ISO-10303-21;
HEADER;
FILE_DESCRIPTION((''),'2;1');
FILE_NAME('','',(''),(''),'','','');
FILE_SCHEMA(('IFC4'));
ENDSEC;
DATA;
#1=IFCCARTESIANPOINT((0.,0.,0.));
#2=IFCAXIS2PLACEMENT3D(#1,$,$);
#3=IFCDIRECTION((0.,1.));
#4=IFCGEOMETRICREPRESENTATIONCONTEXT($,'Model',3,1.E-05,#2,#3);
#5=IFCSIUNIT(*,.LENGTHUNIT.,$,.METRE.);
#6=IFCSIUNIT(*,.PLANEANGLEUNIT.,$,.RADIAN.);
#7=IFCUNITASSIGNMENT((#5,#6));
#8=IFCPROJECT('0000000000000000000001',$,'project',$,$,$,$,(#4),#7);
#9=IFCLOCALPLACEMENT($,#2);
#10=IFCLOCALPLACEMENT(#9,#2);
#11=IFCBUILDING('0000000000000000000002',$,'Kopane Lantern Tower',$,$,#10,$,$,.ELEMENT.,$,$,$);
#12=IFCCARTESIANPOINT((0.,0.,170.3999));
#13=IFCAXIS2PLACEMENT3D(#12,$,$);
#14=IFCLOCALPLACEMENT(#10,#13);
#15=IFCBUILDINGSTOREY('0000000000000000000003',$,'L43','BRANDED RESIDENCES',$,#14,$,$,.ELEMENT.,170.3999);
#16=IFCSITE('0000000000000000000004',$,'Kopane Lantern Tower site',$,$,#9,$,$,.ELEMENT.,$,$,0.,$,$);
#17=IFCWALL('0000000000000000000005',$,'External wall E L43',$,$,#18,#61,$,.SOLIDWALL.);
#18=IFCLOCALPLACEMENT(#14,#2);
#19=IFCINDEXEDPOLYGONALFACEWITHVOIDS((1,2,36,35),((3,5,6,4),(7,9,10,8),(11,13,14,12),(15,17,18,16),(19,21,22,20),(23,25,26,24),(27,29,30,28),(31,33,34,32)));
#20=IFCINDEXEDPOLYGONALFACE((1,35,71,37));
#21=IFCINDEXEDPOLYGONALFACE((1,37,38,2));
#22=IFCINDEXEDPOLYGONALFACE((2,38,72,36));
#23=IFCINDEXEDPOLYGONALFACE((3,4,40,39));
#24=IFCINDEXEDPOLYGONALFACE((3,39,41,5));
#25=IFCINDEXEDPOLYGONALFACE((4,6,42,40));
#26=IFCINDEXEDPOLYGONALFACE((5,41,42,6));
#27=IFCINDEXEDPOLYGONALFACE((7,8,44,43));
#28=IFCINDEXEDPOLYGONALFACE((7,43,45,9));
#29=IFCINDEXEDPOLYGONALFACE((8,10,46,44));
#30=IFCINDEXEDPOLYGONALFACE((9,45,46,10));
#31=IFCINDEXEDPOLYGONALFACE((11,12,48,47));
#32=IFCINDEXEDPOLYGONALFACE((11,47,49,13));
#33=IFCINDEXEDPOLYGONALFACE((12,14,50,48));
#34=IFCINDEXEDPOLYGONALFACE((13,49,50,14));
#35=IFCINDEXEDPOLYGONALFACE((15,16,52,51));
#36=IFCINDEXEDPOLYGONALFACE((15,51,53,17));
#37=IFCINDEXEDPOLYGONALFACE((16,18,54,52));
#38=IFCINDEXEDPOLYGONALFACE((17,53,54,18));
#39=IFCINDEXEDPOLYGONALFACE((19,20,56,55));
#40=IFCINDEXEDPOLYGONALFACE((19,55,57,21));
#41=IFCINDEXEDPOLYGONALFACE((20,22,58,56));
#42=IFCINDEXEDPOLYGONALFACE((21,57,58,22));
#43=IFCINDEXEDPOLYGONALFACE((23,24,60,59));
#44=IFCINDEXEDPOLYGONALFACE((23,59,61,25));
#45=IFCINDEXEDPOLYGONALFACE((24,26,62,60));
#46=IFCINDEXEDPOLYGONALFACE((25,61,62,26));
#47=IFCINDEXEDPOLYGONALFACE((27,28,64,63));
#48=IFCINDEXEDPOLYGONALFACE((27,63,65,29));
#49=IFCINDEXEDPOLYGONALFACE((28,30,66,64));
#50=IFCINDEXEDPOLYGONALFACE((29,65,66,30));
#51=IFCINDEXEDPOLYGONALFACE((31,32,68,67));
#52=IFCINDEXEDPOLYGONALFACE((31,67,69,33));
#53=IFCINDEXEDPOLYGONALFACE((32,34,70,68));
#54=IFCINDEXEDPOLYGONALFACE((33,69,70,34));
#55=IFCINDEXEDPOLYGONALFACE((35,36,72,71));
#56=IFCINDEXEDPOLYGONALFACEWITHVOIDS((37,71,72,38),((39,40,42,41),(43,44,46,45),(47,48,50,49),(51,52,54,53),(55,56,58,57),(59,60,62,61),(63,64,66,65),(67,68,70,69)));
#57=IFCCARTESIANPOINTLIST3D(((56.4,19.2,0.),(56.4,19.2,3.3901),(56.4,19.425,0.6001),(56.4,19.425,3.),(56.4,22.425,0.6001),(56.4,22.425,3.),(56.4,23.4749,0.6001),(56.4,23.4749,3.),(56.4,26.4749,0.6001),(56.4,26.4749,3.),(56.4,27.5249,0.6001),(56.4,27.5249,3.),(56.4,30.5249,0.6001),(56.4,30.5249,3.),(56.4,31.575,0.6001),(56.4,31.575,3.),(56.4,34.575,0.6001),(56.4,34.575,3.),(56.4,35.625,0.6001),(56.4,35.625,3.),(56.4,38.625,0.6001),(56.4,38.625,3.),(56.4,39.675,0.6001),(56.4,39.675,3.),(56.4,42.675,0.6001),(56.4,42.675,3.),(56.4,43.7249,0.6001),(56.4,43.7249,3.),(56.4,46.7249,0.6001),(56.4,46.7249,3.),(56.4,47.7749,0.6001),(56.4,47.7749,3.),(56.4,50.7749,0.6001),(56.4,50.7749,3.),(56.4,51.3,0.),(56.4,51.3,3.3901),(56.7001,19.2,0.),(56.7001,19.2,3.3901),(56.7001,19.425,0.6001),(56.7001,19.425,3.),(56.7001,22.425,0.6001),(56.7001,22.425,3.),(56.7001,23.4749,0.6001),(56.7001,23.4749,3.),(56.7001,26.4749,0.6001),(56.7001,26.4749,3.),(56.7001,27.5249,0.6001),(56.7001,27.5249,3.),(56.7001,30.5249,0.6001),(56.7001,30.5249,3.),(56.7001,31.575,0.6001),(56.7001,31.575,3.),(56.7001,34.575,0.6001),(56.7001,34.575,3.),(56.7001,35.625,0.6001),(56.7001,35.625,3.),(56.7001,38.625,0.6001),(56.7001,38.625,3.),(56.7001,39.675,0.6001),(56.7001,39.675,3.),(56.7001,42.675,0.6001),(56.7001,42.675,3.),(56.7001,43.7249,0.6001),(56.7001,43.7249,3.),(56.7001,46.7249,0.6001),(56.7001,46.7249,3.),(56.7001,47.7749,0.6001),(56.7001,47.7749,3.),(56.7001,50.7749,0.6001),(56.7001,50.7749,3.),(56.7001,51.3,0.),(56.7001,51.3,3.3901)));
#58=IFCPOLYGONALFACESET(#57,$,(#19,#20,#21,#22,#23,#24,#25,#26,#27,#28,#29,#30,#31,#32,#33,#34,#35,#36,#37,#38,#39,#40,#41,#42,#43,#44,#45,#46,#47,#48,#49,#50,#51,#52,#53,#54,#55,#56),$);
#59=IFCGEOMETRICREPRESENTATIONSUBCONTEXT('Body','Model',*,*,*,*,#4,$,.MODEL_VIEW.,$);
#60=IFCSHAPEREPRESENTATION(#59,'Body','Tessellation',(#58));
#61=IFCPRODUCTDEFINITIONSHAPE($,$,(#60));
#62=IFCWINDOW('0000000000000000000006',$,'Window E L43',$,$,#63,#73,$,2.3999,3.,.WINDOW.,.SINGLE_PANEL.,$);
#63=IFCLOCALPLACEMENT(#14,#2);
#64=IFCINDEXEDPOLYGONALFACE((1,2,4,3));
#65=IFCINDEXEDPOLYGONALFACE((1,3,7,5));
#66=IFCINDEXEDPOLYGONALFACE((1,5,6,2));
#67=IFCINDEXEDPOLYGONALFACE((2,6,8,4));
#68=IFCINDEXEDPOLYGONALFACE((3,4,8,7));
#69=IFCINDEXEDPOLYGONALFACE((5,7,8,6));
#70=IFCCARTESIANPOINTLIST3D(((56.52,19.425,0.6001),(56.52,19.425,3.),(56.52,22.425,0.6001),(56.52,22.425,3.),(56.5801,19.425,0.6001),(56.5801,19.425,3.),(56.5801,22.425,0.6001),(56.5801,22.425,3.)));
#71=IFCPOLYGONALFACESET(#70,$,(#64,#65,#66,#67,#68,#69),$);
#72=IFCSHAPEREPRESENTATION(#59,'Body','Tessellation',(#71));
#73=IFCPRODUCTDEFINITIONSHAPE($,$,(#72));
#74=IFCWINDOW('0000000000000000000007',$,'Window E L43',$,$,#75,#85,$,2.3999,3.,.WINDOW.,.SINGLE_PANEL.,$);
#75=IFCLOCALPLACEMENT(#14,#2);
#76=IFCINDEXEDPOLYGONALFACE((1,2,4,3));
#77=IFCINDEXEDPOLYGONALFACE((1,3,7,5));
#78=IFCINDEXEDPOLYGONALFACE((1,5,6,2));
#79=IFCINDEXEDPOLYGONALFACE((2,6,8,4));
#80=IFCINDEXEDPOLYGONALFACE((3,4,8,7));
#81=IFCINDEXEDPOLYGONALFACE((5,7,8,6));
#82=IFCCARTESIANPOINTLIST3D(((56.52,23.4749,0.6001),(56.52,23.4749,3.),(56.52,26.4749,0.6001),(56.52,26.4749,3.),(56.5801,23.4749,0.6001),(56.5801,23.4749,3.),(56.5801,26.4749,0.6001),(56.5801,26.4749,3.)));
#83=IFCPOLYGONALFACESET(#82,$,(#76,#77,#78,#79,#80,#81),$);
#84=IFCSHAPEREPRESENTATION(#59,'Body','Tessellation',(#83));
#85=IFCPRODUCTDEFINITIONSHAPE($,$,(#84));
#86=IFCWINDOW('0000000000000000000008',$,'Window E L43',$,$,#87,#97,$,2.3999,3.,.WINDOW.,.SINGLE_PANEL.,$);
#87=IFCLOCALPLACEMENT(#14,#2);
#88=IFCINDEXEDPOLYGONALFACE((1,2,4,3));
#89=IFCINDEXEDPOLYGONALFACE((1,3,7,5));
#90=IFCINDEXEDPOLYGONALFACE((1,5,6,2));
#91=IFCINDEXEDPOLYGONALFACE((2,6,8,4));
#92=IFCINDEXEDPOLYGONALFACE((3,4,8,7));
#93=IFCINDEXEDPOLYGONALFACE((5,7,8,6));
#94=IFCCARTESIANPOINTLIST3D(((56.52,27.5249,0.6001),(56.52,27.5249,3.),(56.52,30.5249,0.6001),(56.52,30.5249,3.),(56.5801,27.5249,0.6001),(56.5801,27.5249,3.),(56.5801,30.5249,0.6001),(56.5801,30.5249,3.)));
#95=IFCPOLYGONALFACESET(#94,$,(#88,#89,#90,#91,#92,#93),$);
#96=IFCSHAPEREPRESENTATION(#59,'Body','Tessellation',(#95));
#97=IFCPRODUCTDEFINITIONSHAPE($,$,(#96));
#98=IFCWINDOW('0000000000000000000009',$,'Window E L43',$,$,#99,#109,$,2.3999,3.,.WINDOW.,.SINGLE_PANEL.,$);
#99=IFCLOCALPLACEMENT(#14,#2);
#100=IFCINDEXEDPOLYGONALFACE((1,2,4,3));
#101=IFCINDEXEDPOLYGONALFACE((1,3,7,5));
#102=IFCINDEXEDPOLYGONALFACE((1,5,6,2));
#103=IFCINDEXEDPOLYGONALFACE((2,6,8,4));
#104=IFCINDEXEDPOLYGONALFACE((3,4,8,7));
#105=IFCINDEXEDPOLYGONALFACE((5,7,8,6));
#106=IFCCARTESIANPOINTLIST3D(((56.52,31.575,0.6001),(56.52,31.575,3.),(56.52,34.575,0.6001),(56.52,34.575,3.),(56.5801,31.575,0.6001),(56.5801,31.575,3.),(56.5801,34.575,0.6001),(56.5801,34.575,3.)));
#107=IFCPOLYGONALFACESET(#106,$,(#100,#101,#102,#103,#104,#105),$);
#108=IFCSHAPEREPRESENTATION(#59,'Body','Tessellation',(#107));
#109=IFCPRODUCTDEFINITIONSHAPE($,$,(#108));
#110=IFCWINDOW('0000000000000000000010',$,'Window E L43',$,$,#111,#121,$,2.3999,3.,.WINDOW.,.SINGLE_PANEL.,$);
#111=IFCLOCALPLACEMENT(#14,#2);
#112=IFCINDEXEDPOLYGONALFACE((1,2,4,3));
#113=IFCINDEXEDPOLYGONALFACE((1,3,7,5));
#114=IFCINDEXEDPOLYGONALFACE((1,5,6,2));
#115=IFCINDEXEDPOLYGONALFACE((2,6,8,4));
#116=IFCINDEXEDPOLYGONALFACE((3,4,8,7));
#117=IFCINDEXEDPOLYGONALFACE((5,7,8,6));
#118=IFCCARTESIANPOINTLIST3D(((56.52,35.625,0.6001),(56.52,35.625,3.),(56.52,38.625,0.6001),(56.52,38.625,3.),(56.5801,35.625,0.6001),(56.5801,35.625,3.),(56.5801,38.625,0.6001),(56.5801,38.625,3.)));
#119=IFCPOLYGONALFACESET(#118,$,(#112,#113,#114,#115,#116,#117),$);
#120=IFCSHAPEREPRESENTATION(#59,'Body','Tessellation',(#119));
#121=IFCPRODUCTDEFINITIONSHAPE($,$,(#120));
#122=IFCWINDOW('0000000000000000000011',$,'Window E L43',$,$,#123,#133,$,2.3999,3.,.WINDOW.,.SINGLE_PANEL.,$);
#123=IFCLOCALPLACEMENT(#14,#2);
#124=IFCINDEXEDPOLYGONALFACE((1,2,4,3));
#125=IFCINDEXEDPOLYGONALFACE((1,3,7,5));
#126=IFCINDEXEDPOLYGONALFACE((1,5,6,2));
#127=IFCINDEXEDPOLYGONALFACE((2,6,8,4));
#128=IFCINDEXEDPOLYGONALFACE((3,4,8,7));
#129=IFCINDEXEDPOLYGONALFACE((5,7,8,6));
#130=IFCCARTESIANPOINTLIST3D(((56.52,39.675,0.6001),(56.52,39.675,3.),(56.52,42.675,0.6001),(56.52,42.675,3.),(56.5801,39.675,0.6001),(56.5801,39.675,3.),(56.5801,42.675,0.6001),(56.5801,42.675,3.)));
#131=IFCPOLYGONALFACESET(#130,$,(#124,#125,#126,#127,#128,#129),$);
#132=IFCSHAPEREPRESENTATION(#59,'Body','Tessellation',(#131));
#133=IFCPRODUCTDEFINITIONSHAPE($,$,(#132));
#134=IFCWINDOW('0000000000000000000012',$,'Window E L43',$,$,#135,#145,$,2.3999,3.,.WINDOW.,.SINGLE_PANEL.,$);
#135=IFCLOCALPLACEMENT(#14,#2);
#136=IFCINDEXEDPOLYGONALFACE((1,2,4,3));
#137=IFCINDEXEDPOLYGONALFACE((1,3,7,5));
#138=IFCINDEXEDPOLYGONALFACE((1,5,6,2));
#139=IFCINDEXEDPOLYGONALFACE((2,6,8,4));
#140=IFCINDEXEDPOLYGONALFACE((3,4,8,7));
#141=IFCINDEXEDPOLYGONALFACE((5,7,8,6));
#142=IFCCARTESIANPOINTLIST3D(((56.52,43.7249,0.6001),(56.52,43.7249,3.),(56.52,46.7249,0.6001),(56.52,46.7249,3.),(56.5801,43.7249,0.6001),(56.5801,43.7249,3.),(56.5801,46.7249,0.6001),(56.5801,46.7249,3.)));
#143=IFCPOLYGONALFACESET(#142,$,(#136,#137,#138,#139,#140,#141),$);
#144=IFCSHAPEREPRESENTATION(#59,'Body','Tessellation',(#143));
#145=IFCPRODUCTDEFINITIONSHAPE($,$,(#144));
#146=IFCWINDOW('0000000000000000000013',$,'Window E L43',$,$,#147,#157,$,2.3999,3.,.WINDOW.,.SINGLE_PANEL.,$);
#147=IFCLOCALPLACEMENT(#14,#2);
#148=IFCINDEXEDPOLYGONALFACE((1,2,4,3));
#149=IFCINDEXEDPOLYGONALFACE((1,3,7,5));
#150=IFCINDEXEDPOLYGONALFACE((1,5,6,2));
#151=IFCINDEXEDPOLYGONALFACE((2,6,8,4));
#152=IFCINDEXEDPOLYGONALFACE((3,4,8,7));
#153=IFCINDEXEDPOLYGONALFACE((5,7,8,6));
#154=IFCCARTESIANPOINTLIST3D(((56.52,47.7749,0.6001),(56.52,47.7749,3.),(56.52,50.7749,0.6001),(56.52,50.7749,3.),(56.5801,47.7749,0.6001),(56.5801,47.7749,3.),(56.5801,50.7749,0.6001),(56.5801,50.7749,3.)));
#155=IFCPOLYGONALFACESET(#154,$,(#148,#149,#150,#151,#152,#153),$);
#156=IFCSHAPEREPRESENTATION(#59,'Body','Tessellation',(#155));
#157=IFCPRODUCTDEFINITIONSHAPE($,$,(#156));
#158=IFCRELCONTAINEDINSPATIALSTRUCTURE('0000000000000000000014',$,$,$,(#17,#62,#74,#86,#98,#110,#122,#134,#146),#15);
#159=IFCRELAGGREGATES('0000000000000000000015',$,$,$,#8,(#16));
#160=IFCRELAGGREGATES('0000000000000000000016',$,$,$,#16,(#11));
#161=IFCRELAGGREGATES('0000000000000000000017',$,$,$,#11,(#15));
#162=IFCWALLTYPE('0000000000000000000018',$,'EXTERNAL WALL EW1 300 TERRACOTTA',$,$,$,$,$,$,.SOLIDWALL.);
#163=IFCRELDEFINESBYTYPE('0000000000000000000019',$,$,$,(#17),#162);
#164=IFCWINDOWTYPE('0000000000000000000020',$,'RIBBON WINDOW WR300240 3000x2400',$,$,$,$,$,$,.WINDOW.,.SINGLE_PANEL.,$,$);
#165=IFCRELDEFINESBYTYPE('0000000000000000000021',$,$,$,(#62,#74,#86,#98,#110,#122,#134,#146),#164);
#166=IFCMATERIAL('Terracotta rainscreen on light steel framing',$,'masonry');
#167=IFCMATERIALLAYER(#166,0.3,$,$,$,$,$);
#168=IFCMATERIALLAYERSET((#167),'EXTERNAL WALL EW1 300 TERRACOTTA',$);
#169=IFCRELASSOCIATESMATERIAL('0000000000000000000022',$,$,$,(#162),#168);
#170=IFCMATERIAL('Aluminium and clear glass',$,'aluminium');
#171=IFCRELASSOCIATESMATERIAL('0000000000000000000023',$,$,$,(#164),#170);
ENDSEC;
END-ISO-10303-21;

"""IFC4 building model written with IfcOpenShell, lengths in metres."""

from ifc_helpers import new_model, si_unit, direction, frame, frame_2d, origin, place, context, subcontext, project, spatial, rectangle, extrude, material, layer, layer_set, type_object, element, fill, save


model = new_model("IFC4")

# Units and contexts
model_context = context("Model", 3, precision=1e-05, world=origin(), true_north=direction((0.0, 1.0)))
body_context = subcontext(model_context, "Body", "Model", "MODEL_VIEW")
ifc_project = project(units=[si_unit("LENGTHUNIT", "METRE"), si_unit("PLANEANGLEUNIT", "RADIAN")], contexts=[model_context])

# Site, building, storey
site_placement = place(None, origin())
site = spatial("IfcSite", under=ifc_project, at=site_placement, Name="Kopane Lantern Tower site", CompositionType="ELEMENT", RefElevation=0.0)
building_placement = place(site_placement, origin())
building = spatial("IfcBuilding", under=site, at=building_placement, Name="Kopane Lantern Tower", CompositionType="ELEMENT")
storey_placement = place(building_placement, frame((0.0, 0.0, 170.3999)))
storey = spatial("IfcBuildingStorey", under=building, at=storey_placement, Name="L43", Description="BRANDED RESIDENCES", CompositionType="ELEMENT", Elevation=170.3999)

# Shared definitions
ifc_material_1 = material(Name="Terracotta rainscreen on light steel framing", Category="masonry")
ifc_layer_1 = layer(ifc_material_1, 0.3)
ifc_layer_set_1 = layer_set([ifc_layer_1], Name="EXTERNAL WALL EW1 300 TERRACOTTA")
wall_type_1 = type_object("IfcWallType", Name="EXTERNAL WALL EW1 300 TERRACOTTA", PredefinedType="SOLIDWALL", material=ifc_layer_set_1)

# Wall, openings, windows
wall_1_placement = place(storey_placement, frame((56.55, 19.2, 0.0), z_axis=(0.0, 0.0, 1.0), x_axis=(0.0, 1.0, 0.0)))
wall_1 = element("IfcWall", 1, at=wall_1_placement, inside=storey, type_object=wall_type_1, Name="External wall E L43", PredefinedType="SOLIDWALL", context=body_context, shape_type="SweptSolid", body=[
    extrude(rectangle(XDim=32.1001, YDim=0.3, at=frame_2d((16.05, 0.0))), origin(), (0.0, 0.0, 1.0), 3.3901),
])
opening_1_placement = place(wall_1_placement, frame((0.2251, 0.0, 0.6001)))
opening_1 = element("IfcOpeningElement", 2, at=opening_1_placement, cuts=wall_1, PredefinedType="OPENING", context=body_context, shape_type="SweptSolid", body=[
    extrude(rectangle(XDim=3.0, YDim=2.3999, at=frame_2d((1.5, 1.2))), frame((0.0, 0.1599, 0.0), z_axis=(0.0, -1.0, 0.0), x_axis=(1.0, 0.0, 0.0)), (0.0, 0.0, 1.0), 0.3201),
])
opening_2_placement = place(wall_1_placement, frame((4.2749, 0.0, 0.6001)))
opening_2 = element("IfcOpeningElement", 3, at=opening_2_placement, cuts=wall_1, PredefinedType="OPENING", context=body_context, shape_type="SweptSolid", body=[
    extrude(rectangle(XDim=3.0, YDim=2.3999, at=frame_2d((1.5, 1.2))), frame((0.0, 0.1599, 0.0), z_axis=(0.0, -1.0, 0.0), x_axis=(1.0, 0.0, 0.0)), (0.0, 0.0, 1.0), 0.3201),
])
opening_3_placement = place(wall_1_placement, frame((8.325, 0.0, 0.6001)))
opening_3 = element("IfcOpeningElement", 4, at=opening_3_placement, cuts=wall_1, PredefinedType="OPENING", context=body_context, shape_type="SweptSolid", body=[
    extrude(rectangle(XDim=3.0, YDim=2.3999, at=frame_2d((1.5, 1.2))), frame((0.0, 0.1599, 0.0), z_axis=(0.0, -1.0, 0.0), x_axis=(1.0, 0.0, 0.0)), (0.0, 0.0, 1.0), 0.3201),
])
opening_4_placement = place(wall_1_placement, frame((12.375, 0.0, 0.6001)))
opening_4 = element("IfcOpeningElement", 5, at=opening_4_placement, cuts=wall_1, PredefinedType="OPENING", context=body_context, shape_type="SweptSolid", body=[
    extrude(rectangle(XDim=3.0, YDim=2.3999, at=frame_2d((1.5, 1.2))), frame((0.0, 0.1599, 0.0), z_axis=(0.0, -1.0, 0.0), x_axis=(1.0, 0.0, 0.0)), (0.0, 0.0, 1.0), 0.3201),
])
opening_5_placement = place(wall_1_placement, frame((16.425, 0.0, 0.6001)))
opening_5 = element("IfcOpeningElement", 6, at=opening_5_placement, cuts=wall_1, PredefinedType="OPENING", context=body_context, shape_type="SweptSolid", body=[
    extrude(rectangle(XDim=3.0, YDim=2.3999, at=frame_2d((1.5, 1.2))), frame((0.0, 0.1599, 0.0), z_axis=(0.0, -1.0, 0.0), x_axis=(1.0, 0.0, 0.0)), (0.0, 0.0, 1.0), 0.3201),
])
opening_6_placement = place(wall_1_placement, frame((20.4751, 0.0, 0.6001)))
opening_6 = element("IfcOpeningElement", 7, at=opening_6_placement, cuts=wall_1, PredefinedType="OPENING", context=body_context, shape_type="SweptSolid", body=[
    extrude(rectangle(XDim=3.0, YDim=2.3999, at=frame_2d((1.5, 1.2))), frame((0.0, 0.1599, 0.0), z_axis=(0.0, -1.0, 0.0), x_axis=(1.0, 0.0, 0.0)), (0.0, 0.0, 1.0), 0.3201),
])
opening_7_placement = place(wall_1_placement, frame((24.5249, 0.0, 0.6001)))
opening_7 = element("IfcOpeningElement", 8, at=opening_7_placement, cuts=wall_1, PredefinedType="OPENING", context=body_context, shape_type="SweptSolid", body=[
    extrude(rectangle(XDim=3.0, YDim=2.3999, at=frame_2d((1.5, 1.2))), frame((0.0, 0.1599, 0.0), z_axis=(0.0, -1.0, 0.0), x_axis=(1.0, 0.0, 0.0)), (0.0, 0.0, 1.0), 0.3201),
])
opening_8_placement = place(wall_1_placement, frame((28.575, 0.0, 0.6001)))
opening_8 = element("IfcOpeningElement", 9, at=opening_8_placement, cuts=wall_1, PredefinedType="OPENING", context=body_context, shape_type="SweptSolid", body=[
    extrude(rectangle(XDim=3.0, YDim=2.3999, at=frame_2d((1.5, 1.2))), frame((0.0, 0.1599, 0.0), z_axis=(0.0, -1.0, 0.0), x_axis=(1.0, 0.0, 0.0)), (0.0, 0.0, 1.0), 0.3201),
])
ifc_material_2 = material(Name="Aluminium and clear glass", Category="aluminium")
window_type_1 = type_object("IfcWindowType", Name="RIBBON WINDOW WR300240 3000x2400", PartitioningType="SINGLE_PANEL", PredefinedType="WINDOW", material=ifc_material_2)
window_1_placement = place(opening_1_placement, origin())
window_1 = element("IfcWindow", 10, at=window_1_placement, inside=storey, type_object=window_type_1, Name="Window E L43", OverallHeight=2.3999, OverallWidth=3.0, PartitioningType="SINGLE_PANEL", PredefinedType="WINDOW", context=body_context, shape_type="SweptSolid", body=[
    extrude(rectangle(XDim=3.0, YDim=2.3999, at=frame_2d((1.5, 1.2))), frame((0.0, 0.03, 0.0), z_axis=(0.0, -1.0, 0.0), x_axis=(1.0, 0.0, 0.0)), (0.0, 0.0, 1.0), 0.0601),
])
fill(opening_1, window_1)
window_2_placement = place(opening_2_placement, origin())
window_2 = element("IfcWindow", 11, at=window_2_placement, inside=storey, type_object=window_type_1, Name="Window E L43", OverallHeight=2.3999, OverallWidth=3.0, PartitioningType="SINGLE_PANEL", PredefinedType="WINDOW", context=body_context, shape_type="SweptSolid", body=[
    extrude(rectangle(XDim=3.0, YDim=2.3999, at=frame_2d((1.5, 1.2))), frame((0.0, 0.03, 0.0), z_axis=(0.0, -1.0, 0.0), x_axis=(1.0, 0.0, 0.0)), (0.0, 0.0, 1.0), 0.0601),
])
fill(opening_2, window_2)
window_3_placement = place(opening_3_placement, origin())
window_3 = element("IfcWindow", 12, at=window_3_placement, inside=storey, type_object=window_type_1, Name="Window E L43", OverallHeight=2.3999, OverallWidth=3.0, PartitioningType="SINGLE_PANEL", PredefinedType="WINDOW", context=body_context, shape_type="SweptSolid", body=[
    extrude(rectangle(XDim=3.0, YDim=2.3999, at=frame_2d((1.5, 1.2))), frame((0.0, 0.03, 0.0), z_axis=(0.0, -1.0, 0.0), x_axis=(1.0, 0.0, 0.0)), (0.0, 0.0, 1.0), 0.0601),
])
fill(opening_3, window_3)
window_4_placement = place(opening_4_placement, origin())
window_4 = element("IfcWindow", 13, at=window_4_placement, inside=storey, type_object=window_type_1, Name="Window E L43", OverallHeight=2.3999, OverallWidth=3.0, PartitioningType="SINGLE_PANEL", PredefinedType="WINDOW", context=body_context, shape_type="SweptSolid", body=[
    extrude(rectangle(XDim=3.0, YDim=2.3999, at=frame_2d((1.5, 1.2))), frame((0.0, 0.03, 0.0), z_axis=(0.0, -1.0, 0.0), x_axis=(1.0, 0.0, 0.0)), (0.0, 0.0, 1.0), 0.0601),
])
fill(opening_4, window_4)
window_5_placement = place(opening_5_placement, origin())
window_5 = element("IfcWindow", 14, at=window_5_placement, inside=storey, type_object=window_type_1, Name="Window E L43", OverallHeight=2.3999, OverallWidth=3.0, PartitioningType="SINGLE_PANEL", PredefinedType="WINDOW", context=body_context, shape_type="SweptSolid", body=[
    extrude(rectangle(XDim=3.0, YDim=2.3999, at=frame_2d((1.5, 1.2))), frame((0.0, 0.03, 0.0), z_axis=(0.0, -1.0, 0.0), x_axis=(1.0, 0.0, 0.0)), (0.0, 0.0, 1.0), 0.0601),
])
fill(opening_5, window_5)
window_6_placement = place(opening_6_placement, origin())
window_6 = element("IfcWindow", 15, at=window_6_placement, inside=storey, type_object=window_type_1, Name="Window E L43", OverallHeight=2.3999, OverallWidth=3.0, PartitioningType="SINGLE_PANEL", PredefinedType="WINDOW", context=body_context, shape_type="SweptSolid", body=[
    extrude(rectangle(XDim=3.0, YDim=2.3999, at=frame_2d((1.5, 1.2))), frame((0.0, 0.03, 0.0), z_axis=(0.0, -1.0, 0.0), x_axis=(1.0, 0.0, 0.0)), (0.0, 0.0, 1.0), 0.0601),
])
fill(opening_6, window_6)
window_7_placement = place(opening_7_placement, origin())
window_7 = element("IfcWindow", 16, at=window_7_placement, inside=storey, type_object=window_type_1, Name="Window E L43", OverallHeight=2.3999, OverallWidth=3.0, PartitioningType="SINGLE_PANEL", PredefinedType="WINDOW", context=body_context, shape_type="SweptSolid", body=[
    extrude(rectangle(XDim=3.0, YDim=2.3999, at=frame_2d((1.5, 1.2))), frame((0.0, 0.03, 0.0), z_axis=(0.0, -1.0, 0.0), x_axis=(1.0, 0.0, 0.0)), (0.0, 0.0, 1.0), 0.0601),
])
fill(opening_7, window_7)
window_8_placement = place(opening_8_placement, origin())
window_8 = element("IfcWindow", 17, at=window_8_placement, inside=storey, type_object=window_type_1, Name="Window E L43", OverallHeight=2.3999, OverallWidth=3.0, PartitioningType="SINGLE_PANEL", PredefinedType="WINDOW", context=body_context, shape_type="SweptSolid", body=[
    extrude(rectangle(XDim=3.0, YDim=2.3999, at=frame_2d((1.5, 1.2))), frame((0.0, 0.03, 0.0), z_axis=(0.0, -1.0, 0.0), x_axis=(1.0, 0.0, 0.0)), (0.0, 0.0, 1.0), 0.0601),
])
fill(opening_8, window_8)

save(model, "model.ifc")
